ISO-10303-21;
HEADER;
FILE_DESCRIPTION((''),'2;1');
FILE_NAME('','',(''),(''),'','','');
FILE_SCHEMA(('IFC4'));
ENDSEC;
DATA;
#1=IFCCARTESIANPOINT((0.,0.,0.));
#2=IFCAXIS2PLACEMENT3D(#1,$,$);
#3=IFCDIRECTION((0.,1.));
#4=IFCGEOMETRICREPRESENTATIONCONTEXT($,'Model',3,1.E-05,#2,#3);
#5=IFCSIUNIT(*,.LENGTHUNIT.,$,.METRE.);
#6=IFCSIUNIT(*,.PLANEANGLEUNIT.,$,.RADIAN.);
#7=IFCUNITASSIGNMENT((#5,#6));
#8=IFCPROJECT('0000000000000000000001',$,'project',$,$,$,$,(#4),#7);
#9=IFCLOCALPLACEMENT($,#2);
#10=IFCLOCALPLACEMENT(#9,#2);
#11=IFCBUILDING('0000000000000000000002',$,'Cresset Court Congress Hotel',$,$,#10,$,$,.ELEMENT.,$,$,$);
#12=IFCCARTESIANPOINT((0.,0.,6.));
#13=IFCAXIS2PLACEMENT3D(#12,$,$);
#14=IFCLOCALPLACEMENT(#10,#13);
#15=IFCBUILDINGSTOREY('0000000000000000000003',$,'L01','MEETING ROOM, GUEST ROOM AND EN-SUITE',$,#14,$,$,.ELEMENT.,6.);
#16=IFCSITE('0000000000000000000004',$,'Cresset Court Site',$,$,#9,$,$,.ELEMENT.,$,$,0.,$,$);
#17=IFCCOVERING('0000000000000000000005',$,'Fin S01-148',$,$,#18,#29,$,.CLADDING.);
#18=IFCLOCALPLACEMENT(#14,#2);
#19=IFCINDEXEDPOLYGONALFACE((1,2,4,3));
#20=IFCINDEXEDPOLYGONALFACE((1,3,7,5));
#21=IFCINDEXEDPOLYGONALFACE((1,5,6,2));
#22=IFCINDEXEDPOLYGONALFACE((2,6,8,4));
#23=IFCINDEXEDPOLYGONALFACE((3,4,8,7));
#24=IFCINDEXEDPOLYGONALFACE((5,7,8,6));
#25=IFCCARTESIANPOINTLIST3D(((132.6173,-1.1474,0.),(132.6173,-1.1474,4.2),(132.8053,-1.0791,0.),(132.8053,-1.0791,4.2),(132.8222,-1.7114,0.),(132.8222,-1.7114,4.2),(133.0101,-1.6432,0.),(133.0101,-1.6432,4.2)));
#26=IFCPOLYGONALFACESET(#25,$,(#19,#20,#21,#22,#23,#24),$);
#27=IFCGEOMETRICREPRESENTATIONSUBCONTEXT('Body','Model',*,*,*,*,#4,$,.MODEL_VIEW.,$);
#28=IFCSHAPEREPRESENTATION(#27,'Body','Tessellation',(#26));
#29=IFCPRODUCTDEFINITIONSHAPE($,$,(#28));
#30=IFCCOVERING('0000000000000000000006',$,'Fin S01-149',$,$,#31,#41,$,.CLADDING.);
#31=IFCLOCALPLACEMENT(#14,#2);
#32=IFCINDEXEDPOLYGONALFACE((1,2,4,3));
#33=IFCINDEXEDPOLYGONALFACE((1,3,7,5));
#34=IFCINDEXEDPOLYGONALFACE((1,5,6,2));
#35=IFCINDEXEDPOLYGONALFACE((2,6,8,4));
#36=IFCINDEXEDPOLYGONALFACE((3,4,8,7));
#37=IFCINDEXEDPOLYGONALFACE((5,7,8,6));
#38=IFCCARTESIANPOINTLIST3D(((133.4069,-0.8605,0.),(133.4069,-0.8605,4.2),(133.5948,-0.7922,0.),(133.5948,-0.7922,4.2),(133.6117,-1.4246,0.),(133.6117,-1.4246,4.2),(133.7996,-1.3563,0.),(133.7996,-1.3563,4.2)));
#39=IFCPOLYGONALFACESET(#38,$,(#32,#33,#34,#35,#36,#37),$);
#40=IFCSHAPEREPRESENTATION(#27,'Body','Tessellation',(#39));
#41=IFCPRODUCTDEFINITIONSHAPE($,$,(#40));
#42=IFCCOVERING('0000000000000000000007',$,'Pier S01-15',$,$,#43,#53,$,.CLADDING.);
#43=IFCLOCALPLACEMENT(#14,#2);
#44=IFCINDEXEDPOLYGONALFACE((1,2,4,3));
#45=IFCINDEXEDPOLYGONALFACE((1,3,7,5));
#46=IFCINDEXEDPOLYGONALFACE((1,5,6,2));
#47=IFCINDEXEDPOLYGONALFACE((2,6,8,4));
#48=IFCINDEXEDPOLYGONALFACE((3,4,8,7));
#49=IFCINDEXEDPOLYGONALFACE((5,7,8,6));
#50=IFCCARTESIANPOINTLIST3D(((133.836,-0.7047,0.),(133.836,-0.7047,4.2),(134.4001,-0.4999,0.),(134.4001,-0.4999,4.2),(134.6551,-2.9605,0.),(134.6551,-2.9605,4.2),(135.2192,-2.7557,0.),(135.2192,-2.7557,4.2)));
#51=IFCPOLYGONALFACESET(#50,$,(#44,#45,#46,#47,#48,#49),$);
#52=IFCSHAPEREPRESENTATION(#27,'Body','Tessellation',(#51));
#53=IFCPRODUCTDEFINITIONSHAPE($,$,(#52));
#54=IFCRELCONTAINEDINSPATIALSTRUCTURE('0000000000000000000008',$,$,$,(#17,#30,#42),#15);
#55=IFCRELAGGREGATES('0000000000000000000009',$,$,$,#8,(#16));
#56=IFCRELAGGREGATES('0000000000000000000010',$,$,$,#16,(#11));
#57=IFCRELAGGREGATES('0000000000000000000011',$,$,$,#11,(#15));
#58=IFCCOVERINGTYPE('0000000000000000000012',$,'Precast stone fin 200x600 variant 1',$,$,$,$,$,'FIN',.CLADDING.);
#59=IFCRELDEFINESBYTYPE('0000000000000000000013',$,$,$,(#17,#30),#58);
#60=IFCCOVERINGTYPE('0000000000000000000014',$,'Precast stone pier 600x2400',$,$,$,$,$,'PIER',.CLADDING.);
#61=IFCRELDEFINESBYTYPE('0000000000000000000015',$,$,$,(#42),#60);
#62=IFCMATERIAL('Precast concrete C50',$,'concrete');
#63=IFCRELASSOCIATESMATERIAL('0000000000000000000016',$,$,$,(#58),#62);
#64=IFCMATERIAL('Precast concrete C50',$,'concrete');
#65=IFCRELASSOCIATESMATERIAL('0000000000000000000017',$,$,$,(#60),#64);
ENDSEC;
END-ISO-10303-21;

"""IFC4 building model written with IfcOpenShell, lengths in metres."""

from ifc_helpers import new_model, si_unit, direction, frame, origin, origin_2d, place, context, subcontext, project, spatial, rectangle, extrude, material, type_object, element, save


model = new_model("IFC4")

# Units and contexts
model_context = context("Model", 3, precision=1e-05, world=origin(), true_north=direction((0.0, 1.0)))
body_context = subcontext(model_context, "Body", "Model", "MODEL_VIEW")
ifc_project = project(units=[si_unit("LENGTHUNIT", "METRE"), si_unit("PLANEANGLEUNIT", "RADIAN")], contexts=[model_context])

# Site, building, storey
site_placement = place(None, origin())
site = spatial("IfcSite", under=ifc_project, at=site_placement, Name="Cresset Court Site", CompositionType="ELEMENT", RefElevation=0.0)
building_placement = place(site_placement, origin())
building = spatial("IfcBuilding", under=site, at=building_placement, Name="Cresset Court Congress Hotel", CompositionType="ELEMENT")
storey_placement = place(building_placement, frame((0.0, 0.0, 6.0)))
storey = spatial("IfcBuildingStorey", under=building, at=storey_placement, Name="L01", Description="MEETING ROOM, GUEST ROOM AND EN-SUITE", CompositionType="ELEMENT", Elevation=6.0)

# Coverings
ifc_material_1 = material(Name="Precast concrete C50", Category="concrete")
covering_type_1 = type_object("IfcCoveringType", Name="Precast stone fin 200x600 variant 1", ElementType="FIN", PredefinedType="CLADDING", material=ifc_material_1)
for number, where, z_axis, x_axis, name in (
    (1, (132.8137, -1.3953, 0.0), (0.0, 0.0, 1.0), (0.939957, 0.341293, 0.0), "Fin S01-148"),
    (2, (133.6033, -1.1084, 0.0), (0.0, 0.0, 1.0), (0.939957, 0.341293, 0.0), "Fin S01-149"),
):
    element("IfcCovering", number, at=place(storey_placement, frame(where, z_axis=z_axis, x_axis=x_axis)), inside=storey, type_object=covering_type_1, Name=name, PredefinedType="CLADDING", context=body_context, shape_type="SweptSolid", body=[
        extrude(rectangle(XDim=0.2, YDim=0.6001, at=origin_2d()), origin(), (0.0, 0.0, 1.0), 4.2),
    ])
ifc_material_2 = material(Name="Precast concrete C50", Category="concrete")
covering_type_2 = type_object("IfcCoveringType", Name="Precast stone pier 600x2400", ElementType="PIER", PredefinedType="CLADDING", material=ifc_material_2)
covering_placement = place(storey_placement, frame((134.5276, -1.7302, 0.0), z_axis=(0.0, 0.0, 1.0), x_axis=(0.939957, 0.341293, 0.0)))
element("IfcCovering", 3, at=covering_placement, inside=storey, type_object=covering_type_2, Name="Pier S01-15", PredefinedType="CLADDING", context=body_context, shape_type="SweptSolid", body=[
    extrude(rectangle(XDim=0.6001, YDim=2.3999, at=origin_2d()), origin(), (0.0, 0.0, 1.0), 4.2),
])

save(model, "model.ifc")
